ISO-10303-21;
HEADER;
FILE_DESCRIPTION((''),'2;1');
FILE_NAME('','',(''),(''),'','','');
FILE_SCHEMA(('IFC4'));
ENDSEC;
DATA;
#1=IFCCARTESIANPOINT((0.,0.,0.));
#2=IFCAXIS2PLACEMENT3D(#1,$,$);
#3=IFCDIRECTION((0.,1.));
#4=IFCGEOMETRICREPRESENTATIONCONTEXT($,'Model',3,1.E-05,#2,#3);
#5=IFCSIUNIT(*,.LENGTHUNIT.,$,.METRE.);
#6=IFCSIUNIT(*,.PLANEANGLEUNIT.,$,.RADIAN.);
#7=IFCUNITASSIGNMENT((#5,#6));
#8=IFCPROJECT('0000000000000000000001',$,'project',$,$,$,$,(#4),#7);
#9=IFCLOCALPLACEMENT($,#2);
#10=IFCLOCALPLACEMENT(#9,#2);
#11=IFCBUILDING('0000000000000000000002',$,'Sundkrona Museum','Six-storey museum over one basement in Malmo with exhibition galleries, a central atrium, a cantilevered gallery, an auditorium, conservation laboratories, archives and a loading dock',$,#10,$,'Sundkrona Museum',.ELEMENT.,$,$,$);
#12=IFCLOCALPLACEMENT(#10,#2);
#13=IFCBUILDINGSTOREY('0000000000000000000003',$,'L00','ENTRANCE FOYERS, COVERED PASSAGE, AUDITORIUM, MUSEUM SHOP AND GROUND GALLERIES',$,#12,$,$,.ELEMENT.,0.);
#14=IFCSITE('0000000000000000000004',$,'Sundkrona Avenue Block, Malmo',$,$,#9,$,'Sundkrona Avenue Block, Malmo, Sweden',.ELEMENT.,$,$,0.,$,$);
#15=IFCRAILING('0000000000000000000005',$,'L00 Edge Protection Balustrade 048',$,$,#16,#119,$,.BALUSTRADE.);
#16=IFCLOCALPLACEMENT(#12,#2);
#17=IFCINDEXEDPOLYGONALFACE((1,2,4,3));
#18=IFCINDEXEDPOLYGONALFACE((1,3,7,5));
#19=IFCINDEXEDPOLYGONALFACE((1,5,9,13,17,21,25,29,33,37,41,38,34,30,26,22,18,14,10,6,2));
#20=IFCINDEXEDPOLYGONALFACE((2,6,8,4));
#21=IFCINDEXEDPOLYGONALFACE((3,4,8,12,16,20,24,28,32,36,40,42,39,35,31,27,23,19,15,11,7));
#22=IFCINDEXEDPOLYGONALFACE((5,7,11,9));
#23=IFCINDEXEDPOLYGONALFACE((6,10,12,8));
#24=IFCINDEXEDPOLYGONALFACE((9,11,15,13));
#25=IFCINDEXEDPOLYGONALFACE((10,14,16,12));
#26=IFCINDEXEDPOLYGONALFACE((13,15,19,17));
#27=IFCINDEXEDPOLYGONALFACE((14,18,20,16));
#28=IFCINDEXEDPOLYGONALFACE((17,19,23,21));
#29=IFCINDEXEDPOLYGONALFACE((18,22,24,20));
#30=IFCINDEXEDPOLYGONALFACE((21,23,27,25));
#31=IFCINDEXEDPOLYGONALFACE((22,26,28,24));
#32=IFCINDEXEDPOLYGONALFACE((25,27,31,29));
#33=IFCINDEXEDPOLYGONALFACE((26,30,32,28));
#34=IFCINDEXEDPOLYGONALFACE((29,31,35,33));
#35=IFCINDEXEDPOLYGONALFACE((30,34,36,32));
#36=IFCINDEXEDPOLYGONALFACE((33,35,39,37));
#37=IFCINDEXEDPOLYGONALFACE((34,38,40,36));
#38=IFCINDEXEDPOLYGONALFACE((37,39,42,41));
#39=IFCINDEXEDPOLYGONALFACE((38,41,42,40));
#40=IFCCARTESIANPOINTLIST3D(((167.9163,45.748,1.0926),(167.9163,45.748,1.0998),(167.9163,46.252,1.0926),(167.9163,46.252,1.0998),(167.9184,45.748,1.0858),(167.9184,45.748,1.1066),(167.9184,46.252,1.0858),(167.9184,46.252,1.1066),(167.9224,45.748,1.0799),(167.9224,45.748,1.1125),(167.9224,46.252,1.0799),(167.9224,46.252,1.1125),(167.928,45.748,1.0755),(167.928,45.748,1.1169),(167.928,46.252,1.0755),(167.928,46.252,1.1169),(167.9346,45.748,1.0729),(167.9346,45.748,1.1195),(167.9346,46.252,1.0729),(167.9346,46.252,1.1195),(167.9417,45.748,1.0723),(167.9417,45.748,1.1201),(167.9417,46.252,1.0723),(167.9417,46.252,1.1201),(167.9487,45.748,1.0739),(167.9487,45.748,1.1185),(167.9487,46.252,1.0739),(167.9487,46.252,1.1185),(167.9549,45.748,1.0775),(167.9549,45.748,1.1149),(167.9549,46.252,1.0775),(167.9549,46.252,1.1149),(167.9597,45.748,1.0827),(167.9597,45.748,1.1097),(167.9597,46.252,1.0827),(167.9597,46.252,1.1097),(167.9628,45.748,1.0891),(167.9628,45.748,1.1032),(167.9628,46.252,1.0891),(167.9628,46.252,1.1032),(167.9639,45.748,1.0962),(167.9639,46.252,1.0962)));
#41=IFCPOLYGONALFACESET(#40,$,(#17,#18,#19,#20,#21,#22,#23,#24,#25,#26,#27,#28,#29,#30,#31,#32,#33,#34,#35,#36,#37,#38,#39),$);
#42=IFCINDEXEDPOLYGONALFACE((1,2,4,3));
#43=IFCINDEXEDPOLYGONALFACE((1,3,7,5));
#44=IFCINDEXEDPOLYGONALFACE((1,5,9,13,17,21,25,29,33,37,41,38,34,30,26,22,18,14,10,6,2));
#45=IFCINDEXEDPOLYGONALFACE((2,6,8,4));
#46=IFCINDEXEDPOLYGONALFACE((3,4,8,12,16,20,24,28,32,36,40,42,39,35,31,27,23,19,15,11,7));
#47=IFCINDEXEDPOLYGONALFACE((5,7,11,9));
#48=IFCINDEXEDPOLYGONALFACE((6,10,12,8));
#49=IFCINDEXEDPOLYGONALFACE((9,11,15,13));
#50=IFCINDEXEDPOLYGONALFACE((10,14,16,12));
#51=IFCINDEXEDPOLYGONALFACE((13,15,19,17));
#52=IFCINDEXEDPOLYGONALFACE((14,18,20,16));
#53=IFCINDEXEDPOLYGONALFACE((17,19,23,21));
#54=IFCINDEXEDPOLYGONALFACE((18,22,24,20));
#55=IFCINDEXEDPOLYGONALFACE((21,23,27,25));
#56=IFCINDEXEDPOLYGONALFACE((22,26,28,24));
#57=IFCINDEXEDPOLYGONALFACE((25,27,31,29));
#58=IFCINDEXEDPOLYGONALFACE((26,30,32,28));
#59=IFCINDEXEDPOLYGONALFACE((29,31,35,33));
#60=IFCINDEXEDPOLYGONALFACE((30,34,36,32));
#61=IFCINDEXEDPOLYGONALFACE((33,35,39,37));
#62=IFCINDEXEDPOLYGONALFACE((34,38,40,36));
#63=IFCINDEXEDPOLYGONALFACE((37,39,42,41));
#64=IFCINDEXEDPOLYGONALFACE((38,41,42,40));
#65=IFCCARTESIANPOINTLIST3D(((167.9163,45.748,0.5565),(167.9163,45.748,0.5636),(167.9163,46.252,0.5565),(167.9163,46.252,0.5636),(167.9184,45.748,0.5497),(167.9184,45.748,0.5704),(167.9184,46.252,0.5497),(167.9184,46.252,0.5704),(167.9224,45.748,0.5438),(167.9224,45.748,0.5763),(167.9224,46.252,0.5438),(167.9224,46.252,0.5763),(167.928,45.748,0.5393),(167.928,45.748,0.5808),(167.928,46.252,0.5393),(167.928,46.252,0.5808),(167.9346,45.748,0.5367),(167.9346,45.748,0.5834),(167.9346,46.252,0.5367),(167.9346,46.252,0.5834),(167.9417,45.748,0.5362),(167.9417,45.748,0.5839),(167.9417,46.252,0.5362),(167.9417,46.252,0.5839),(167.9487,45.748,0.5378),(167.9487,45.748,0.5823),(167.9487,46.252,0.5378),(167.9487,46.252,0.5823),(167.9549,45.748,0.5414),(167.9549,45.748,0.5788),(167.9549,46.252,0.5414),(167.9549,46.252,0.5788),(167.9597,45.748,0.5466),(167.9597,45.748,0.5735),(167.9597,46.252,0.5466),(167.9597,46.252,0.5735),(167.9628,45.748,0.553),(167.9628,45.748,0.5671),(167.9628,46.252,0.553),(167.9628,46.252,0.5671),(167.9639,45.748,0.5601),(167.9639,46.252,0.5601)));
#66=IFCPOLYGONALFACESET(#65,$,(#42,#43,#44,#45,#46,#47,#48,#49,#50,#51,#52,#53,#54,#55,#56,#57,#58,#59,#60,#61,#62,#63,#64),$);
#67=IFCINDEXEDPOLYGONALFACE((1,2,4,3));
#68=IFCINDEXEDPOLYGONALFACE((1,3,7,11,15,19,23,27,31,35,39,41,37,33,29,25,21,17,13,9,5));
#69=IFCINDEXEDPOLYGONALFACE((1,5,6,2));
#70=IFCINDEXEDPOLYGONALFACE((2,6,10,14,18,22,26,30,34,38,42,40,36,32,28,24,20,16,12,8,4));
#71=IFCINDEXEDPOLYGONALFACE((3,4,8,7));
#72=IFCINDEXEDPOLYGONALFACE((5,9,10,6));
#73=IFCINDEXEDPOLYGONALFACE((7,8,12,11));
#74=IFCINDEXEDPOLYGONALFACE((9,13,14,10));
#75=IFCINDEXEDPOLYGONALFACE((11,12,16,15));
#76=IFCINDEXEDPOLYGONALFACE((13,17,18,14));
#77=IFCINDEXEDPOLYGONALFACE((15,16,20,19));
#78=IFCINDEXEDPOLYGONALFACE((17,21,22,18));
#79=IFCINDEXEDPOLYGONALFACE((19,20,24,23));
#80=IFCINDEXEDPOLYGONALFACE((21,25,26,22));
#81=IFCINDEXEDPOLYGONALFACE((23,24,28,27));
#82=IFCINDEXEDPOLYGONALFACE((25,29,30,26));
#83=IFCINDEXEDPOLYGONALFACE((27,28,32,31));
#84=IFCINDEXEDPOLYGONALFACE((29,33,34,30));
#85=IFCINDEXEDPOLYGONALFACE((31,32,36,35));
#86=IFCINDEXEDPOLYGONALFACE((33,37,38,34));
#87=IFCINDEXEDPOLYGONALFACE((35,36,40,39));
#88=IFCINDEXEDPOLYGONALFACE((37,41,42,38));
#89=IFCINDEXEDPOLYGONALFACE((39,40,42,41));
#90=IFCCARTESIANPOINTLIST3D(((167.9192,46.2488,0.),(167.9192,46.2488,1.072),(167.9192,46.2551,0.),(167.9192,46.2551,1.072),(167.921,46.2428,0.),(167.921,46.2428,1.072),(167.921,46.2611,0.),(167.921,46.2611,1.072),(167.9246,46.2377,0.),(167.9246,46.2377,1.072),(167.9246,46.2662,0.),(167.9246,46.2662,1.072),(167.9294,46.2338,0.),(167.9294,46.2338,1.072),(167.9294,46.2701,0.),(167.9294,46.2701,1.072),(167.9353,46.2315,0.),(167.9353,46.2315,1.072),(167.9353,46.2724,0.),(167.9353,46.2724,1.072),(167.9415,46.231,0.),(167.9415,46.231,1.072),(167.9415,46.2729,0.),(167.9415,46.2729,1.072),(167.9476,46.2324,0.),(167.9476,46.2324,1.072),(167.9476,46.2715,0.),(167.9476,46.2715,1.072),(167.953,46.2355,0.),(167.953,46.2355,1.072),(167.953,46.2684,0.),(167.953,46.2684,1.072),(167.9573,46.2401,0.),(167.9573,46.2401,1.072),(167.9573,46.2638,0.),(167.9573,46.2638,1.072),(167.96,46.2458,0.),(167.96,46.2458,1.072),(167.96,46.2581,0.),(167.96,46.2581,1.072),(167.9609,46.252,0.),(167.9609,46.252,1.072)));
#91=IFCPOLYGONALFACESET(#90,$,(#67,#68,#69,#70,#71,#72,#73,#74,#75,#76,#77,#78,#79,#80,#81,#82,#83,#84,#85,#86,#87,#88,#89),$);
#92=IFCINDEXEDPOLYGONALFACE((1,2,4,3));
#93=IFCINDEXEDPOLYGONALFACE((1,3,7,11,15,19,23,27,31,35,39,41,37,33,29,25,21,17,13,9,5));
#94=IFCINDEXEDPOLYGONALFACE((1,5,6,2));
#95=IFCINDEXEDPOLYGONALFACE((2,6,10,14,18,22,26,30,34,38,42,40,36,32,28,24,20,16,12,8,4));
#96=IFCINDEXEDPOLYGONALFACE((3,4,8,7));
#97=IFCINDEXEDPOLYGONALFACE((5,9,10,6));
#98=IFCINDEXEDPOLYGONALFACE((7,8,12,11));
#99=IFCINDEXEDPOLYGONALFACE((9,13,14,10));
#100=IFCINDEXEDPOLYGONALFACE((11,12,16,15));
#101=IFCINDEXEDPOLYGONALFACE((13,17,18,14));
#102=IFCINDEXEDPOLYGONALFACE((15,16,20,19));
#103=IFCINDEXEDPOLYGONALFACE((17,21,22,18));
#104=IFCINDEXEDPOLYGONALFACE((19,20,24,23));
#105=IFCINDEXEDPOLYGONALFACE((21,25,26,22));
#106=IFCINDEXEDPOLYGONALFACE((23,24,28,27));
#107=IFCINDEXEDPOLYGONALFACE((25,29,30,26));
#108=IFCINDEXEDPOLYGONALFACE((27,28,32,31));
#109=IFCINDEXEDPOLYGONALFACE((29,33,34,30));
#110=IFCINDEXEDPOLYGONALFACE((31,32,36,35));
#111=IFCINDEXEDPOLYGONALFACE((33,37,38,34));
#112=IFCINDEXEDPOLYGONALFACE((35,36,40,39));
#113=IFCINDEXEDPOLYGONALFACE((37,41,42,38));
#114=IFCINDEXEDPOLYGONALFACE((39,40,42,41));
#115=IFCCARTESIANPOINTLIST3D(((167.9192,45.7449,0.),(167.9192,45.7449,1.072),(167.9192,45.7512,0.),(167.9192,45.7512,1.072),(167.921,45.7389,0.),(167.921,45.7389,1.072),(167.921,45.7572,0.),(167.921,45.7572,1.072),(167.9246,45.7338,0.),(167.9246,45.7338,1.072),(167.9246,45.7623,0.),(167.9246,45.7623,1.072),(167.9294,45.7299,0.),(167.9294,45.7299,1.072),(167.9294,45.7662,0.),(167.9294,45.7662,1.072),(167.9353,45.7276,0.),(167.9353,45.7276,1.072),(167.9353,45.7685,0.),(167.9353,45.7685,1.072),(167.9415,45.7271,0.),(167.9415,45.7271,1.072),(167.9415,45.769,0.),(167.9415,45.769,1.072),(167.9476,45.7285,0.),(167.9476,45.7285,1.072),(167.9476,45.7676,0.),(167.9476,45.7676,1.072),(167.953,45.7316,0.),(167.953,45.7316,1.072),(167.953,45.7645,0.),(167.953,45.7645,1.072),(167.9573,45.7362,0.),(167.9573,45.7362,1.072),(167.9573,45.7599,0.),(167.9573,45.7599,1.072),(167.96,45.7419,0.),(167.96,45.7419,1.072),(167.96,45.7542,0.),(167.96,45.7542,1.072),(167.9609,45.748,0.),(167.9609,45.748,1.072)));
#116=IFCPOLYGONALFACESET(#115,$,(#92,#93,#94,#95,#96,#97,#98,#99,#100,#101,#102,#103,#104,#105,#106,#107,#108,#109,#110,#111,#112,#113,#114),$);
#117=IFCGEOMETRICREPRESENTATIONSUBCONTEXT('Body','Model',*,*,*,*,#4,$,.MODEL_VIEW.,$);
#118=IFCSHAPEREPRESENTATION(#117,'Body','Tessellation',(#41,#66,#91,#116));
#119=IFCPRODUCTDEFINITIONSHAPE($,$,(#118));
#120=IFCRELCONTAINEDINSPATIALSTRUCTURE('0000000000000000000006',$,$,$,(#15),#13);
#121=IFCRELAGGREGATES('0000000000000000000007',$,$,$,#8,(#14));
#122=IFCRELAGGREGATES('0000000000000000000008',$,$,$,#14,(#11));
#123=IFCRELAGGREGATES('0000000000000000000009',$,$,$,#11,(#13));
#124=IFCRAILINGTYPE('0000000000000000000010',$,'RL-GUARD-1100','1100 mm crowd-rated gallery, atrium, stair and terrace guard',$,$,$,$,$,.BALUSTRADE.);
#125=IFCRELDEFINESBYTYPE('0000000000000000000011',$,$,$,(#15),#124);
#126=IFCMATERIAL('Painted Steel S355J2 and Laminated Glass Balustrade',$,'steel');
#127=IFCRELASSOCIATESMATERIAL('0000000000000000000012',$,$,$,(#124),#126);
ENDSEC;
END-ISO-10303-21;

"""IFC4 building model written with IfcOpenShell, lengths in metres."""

from ifc_helpers import new_model, si_unit, direction, frame, origin, origin_2d, place, context, subcontext, project, spatial, circle, extrude, material, type_object, element, save


model = new_model("IFC4")

# Units and contexts
model_context = context("Model", 3, precision=1e-05, world=origin(), true_north=direction((0.0, 1.0)))
body_context = subcontext(model_context, "Body", "Model", "MODEL_VIEW")
ifc_project = project(units=[si_unit("LENGTHUNIT", "METRE"), si_unit("PLANEANGLEUNIT", "RADIAN")], contexts=[model_context])

# Site, building, storey
site_placement = place(None, origin())
site = spatial("IfcSite", under=ifc_project, at=site_placement, Name="Sundkrona Avenue Block, Malmo", LongName="Sundkrona Avenue Block, Malmo, Sweden", CompositionType="ELEMENT", RefElevation=0.0)
building_placement = place(site_placement, origin())
building = spatial("IfcBuilding", under=site, at=building_placement, Name="Sundkrona Museum", Description="Six-storey museum over one basement in Malmo with exhibition galleries, a central atrium, a cantilevered gallery, an auditorium, conservation laboratories, archives and a loading dock", LongName="Sundkrona Museum", CompositionType="ELEMENT")
storey_placement = place(building_placement, origin())
storey = spatial("IfcBuildingStorey", under=building, at=storey_placement, Name="L00", Description="ENTRANCE FOYERS, COVERED PASSAGE, AUDITORIUM, MUSEUM SHOP AND GROUND GALLERIES", CompositionType="ELEMENT", Elevation=0.0)

# Railing
ifc_material_1 = material(Name="Painted Steel S355J2 and Laminated Glass Balustrade", Category="steel")
railing_type = type_object("IfcRailingType", Name="RL-GUARD-1100", Description="1100 mm crowd-rated gallery, atrium, stair and terrace guard", PredefinedType="BALUSTRADE", material=ifc_material_1)
railing_1_placement = place(storey_placement, frame((167.9399, 46.252, 0.0)))
element("IfcRailing", 1, at=railing_1_placement, inside=storey, type_object=railing_type, Name="L00 Edge Protection Balustrade 048", PredefinedType="BALUSTRADE", context=body_context, shape_type="SweptSolid", body=[
    extrude(circle(Radius=0.0239, at=origin_2d()), frame((0.0, 0.0, 1.0962), z_axis=(0.0, -1.0, 0.0), x_axis=(1.0, 0.0, 0.0)), (0.0, 0.0, 1.0), 0.5039),
    extrude(circle(Radius=0.0239, at=origin_2d()), frame((0.0, 0.0, 0.5601), z_axis=(0.0, -1.0, 0.0), x_axis=(1.0, 0.0, 0.0)), (0.0, 0.0, 1.0), 0.5039),
    extrude(circle(Radius=0.021, at=origin_2d()), origin(), (0.0, 0.0, 1.0), 1.072),
    extrude(circle(Radius=0.021, at=origin_2d()), frame((0.0, -0.5039, 0.0)), (0.0, 0.0, 1.0), 1.072),
])

save(model, "model.ifc")
